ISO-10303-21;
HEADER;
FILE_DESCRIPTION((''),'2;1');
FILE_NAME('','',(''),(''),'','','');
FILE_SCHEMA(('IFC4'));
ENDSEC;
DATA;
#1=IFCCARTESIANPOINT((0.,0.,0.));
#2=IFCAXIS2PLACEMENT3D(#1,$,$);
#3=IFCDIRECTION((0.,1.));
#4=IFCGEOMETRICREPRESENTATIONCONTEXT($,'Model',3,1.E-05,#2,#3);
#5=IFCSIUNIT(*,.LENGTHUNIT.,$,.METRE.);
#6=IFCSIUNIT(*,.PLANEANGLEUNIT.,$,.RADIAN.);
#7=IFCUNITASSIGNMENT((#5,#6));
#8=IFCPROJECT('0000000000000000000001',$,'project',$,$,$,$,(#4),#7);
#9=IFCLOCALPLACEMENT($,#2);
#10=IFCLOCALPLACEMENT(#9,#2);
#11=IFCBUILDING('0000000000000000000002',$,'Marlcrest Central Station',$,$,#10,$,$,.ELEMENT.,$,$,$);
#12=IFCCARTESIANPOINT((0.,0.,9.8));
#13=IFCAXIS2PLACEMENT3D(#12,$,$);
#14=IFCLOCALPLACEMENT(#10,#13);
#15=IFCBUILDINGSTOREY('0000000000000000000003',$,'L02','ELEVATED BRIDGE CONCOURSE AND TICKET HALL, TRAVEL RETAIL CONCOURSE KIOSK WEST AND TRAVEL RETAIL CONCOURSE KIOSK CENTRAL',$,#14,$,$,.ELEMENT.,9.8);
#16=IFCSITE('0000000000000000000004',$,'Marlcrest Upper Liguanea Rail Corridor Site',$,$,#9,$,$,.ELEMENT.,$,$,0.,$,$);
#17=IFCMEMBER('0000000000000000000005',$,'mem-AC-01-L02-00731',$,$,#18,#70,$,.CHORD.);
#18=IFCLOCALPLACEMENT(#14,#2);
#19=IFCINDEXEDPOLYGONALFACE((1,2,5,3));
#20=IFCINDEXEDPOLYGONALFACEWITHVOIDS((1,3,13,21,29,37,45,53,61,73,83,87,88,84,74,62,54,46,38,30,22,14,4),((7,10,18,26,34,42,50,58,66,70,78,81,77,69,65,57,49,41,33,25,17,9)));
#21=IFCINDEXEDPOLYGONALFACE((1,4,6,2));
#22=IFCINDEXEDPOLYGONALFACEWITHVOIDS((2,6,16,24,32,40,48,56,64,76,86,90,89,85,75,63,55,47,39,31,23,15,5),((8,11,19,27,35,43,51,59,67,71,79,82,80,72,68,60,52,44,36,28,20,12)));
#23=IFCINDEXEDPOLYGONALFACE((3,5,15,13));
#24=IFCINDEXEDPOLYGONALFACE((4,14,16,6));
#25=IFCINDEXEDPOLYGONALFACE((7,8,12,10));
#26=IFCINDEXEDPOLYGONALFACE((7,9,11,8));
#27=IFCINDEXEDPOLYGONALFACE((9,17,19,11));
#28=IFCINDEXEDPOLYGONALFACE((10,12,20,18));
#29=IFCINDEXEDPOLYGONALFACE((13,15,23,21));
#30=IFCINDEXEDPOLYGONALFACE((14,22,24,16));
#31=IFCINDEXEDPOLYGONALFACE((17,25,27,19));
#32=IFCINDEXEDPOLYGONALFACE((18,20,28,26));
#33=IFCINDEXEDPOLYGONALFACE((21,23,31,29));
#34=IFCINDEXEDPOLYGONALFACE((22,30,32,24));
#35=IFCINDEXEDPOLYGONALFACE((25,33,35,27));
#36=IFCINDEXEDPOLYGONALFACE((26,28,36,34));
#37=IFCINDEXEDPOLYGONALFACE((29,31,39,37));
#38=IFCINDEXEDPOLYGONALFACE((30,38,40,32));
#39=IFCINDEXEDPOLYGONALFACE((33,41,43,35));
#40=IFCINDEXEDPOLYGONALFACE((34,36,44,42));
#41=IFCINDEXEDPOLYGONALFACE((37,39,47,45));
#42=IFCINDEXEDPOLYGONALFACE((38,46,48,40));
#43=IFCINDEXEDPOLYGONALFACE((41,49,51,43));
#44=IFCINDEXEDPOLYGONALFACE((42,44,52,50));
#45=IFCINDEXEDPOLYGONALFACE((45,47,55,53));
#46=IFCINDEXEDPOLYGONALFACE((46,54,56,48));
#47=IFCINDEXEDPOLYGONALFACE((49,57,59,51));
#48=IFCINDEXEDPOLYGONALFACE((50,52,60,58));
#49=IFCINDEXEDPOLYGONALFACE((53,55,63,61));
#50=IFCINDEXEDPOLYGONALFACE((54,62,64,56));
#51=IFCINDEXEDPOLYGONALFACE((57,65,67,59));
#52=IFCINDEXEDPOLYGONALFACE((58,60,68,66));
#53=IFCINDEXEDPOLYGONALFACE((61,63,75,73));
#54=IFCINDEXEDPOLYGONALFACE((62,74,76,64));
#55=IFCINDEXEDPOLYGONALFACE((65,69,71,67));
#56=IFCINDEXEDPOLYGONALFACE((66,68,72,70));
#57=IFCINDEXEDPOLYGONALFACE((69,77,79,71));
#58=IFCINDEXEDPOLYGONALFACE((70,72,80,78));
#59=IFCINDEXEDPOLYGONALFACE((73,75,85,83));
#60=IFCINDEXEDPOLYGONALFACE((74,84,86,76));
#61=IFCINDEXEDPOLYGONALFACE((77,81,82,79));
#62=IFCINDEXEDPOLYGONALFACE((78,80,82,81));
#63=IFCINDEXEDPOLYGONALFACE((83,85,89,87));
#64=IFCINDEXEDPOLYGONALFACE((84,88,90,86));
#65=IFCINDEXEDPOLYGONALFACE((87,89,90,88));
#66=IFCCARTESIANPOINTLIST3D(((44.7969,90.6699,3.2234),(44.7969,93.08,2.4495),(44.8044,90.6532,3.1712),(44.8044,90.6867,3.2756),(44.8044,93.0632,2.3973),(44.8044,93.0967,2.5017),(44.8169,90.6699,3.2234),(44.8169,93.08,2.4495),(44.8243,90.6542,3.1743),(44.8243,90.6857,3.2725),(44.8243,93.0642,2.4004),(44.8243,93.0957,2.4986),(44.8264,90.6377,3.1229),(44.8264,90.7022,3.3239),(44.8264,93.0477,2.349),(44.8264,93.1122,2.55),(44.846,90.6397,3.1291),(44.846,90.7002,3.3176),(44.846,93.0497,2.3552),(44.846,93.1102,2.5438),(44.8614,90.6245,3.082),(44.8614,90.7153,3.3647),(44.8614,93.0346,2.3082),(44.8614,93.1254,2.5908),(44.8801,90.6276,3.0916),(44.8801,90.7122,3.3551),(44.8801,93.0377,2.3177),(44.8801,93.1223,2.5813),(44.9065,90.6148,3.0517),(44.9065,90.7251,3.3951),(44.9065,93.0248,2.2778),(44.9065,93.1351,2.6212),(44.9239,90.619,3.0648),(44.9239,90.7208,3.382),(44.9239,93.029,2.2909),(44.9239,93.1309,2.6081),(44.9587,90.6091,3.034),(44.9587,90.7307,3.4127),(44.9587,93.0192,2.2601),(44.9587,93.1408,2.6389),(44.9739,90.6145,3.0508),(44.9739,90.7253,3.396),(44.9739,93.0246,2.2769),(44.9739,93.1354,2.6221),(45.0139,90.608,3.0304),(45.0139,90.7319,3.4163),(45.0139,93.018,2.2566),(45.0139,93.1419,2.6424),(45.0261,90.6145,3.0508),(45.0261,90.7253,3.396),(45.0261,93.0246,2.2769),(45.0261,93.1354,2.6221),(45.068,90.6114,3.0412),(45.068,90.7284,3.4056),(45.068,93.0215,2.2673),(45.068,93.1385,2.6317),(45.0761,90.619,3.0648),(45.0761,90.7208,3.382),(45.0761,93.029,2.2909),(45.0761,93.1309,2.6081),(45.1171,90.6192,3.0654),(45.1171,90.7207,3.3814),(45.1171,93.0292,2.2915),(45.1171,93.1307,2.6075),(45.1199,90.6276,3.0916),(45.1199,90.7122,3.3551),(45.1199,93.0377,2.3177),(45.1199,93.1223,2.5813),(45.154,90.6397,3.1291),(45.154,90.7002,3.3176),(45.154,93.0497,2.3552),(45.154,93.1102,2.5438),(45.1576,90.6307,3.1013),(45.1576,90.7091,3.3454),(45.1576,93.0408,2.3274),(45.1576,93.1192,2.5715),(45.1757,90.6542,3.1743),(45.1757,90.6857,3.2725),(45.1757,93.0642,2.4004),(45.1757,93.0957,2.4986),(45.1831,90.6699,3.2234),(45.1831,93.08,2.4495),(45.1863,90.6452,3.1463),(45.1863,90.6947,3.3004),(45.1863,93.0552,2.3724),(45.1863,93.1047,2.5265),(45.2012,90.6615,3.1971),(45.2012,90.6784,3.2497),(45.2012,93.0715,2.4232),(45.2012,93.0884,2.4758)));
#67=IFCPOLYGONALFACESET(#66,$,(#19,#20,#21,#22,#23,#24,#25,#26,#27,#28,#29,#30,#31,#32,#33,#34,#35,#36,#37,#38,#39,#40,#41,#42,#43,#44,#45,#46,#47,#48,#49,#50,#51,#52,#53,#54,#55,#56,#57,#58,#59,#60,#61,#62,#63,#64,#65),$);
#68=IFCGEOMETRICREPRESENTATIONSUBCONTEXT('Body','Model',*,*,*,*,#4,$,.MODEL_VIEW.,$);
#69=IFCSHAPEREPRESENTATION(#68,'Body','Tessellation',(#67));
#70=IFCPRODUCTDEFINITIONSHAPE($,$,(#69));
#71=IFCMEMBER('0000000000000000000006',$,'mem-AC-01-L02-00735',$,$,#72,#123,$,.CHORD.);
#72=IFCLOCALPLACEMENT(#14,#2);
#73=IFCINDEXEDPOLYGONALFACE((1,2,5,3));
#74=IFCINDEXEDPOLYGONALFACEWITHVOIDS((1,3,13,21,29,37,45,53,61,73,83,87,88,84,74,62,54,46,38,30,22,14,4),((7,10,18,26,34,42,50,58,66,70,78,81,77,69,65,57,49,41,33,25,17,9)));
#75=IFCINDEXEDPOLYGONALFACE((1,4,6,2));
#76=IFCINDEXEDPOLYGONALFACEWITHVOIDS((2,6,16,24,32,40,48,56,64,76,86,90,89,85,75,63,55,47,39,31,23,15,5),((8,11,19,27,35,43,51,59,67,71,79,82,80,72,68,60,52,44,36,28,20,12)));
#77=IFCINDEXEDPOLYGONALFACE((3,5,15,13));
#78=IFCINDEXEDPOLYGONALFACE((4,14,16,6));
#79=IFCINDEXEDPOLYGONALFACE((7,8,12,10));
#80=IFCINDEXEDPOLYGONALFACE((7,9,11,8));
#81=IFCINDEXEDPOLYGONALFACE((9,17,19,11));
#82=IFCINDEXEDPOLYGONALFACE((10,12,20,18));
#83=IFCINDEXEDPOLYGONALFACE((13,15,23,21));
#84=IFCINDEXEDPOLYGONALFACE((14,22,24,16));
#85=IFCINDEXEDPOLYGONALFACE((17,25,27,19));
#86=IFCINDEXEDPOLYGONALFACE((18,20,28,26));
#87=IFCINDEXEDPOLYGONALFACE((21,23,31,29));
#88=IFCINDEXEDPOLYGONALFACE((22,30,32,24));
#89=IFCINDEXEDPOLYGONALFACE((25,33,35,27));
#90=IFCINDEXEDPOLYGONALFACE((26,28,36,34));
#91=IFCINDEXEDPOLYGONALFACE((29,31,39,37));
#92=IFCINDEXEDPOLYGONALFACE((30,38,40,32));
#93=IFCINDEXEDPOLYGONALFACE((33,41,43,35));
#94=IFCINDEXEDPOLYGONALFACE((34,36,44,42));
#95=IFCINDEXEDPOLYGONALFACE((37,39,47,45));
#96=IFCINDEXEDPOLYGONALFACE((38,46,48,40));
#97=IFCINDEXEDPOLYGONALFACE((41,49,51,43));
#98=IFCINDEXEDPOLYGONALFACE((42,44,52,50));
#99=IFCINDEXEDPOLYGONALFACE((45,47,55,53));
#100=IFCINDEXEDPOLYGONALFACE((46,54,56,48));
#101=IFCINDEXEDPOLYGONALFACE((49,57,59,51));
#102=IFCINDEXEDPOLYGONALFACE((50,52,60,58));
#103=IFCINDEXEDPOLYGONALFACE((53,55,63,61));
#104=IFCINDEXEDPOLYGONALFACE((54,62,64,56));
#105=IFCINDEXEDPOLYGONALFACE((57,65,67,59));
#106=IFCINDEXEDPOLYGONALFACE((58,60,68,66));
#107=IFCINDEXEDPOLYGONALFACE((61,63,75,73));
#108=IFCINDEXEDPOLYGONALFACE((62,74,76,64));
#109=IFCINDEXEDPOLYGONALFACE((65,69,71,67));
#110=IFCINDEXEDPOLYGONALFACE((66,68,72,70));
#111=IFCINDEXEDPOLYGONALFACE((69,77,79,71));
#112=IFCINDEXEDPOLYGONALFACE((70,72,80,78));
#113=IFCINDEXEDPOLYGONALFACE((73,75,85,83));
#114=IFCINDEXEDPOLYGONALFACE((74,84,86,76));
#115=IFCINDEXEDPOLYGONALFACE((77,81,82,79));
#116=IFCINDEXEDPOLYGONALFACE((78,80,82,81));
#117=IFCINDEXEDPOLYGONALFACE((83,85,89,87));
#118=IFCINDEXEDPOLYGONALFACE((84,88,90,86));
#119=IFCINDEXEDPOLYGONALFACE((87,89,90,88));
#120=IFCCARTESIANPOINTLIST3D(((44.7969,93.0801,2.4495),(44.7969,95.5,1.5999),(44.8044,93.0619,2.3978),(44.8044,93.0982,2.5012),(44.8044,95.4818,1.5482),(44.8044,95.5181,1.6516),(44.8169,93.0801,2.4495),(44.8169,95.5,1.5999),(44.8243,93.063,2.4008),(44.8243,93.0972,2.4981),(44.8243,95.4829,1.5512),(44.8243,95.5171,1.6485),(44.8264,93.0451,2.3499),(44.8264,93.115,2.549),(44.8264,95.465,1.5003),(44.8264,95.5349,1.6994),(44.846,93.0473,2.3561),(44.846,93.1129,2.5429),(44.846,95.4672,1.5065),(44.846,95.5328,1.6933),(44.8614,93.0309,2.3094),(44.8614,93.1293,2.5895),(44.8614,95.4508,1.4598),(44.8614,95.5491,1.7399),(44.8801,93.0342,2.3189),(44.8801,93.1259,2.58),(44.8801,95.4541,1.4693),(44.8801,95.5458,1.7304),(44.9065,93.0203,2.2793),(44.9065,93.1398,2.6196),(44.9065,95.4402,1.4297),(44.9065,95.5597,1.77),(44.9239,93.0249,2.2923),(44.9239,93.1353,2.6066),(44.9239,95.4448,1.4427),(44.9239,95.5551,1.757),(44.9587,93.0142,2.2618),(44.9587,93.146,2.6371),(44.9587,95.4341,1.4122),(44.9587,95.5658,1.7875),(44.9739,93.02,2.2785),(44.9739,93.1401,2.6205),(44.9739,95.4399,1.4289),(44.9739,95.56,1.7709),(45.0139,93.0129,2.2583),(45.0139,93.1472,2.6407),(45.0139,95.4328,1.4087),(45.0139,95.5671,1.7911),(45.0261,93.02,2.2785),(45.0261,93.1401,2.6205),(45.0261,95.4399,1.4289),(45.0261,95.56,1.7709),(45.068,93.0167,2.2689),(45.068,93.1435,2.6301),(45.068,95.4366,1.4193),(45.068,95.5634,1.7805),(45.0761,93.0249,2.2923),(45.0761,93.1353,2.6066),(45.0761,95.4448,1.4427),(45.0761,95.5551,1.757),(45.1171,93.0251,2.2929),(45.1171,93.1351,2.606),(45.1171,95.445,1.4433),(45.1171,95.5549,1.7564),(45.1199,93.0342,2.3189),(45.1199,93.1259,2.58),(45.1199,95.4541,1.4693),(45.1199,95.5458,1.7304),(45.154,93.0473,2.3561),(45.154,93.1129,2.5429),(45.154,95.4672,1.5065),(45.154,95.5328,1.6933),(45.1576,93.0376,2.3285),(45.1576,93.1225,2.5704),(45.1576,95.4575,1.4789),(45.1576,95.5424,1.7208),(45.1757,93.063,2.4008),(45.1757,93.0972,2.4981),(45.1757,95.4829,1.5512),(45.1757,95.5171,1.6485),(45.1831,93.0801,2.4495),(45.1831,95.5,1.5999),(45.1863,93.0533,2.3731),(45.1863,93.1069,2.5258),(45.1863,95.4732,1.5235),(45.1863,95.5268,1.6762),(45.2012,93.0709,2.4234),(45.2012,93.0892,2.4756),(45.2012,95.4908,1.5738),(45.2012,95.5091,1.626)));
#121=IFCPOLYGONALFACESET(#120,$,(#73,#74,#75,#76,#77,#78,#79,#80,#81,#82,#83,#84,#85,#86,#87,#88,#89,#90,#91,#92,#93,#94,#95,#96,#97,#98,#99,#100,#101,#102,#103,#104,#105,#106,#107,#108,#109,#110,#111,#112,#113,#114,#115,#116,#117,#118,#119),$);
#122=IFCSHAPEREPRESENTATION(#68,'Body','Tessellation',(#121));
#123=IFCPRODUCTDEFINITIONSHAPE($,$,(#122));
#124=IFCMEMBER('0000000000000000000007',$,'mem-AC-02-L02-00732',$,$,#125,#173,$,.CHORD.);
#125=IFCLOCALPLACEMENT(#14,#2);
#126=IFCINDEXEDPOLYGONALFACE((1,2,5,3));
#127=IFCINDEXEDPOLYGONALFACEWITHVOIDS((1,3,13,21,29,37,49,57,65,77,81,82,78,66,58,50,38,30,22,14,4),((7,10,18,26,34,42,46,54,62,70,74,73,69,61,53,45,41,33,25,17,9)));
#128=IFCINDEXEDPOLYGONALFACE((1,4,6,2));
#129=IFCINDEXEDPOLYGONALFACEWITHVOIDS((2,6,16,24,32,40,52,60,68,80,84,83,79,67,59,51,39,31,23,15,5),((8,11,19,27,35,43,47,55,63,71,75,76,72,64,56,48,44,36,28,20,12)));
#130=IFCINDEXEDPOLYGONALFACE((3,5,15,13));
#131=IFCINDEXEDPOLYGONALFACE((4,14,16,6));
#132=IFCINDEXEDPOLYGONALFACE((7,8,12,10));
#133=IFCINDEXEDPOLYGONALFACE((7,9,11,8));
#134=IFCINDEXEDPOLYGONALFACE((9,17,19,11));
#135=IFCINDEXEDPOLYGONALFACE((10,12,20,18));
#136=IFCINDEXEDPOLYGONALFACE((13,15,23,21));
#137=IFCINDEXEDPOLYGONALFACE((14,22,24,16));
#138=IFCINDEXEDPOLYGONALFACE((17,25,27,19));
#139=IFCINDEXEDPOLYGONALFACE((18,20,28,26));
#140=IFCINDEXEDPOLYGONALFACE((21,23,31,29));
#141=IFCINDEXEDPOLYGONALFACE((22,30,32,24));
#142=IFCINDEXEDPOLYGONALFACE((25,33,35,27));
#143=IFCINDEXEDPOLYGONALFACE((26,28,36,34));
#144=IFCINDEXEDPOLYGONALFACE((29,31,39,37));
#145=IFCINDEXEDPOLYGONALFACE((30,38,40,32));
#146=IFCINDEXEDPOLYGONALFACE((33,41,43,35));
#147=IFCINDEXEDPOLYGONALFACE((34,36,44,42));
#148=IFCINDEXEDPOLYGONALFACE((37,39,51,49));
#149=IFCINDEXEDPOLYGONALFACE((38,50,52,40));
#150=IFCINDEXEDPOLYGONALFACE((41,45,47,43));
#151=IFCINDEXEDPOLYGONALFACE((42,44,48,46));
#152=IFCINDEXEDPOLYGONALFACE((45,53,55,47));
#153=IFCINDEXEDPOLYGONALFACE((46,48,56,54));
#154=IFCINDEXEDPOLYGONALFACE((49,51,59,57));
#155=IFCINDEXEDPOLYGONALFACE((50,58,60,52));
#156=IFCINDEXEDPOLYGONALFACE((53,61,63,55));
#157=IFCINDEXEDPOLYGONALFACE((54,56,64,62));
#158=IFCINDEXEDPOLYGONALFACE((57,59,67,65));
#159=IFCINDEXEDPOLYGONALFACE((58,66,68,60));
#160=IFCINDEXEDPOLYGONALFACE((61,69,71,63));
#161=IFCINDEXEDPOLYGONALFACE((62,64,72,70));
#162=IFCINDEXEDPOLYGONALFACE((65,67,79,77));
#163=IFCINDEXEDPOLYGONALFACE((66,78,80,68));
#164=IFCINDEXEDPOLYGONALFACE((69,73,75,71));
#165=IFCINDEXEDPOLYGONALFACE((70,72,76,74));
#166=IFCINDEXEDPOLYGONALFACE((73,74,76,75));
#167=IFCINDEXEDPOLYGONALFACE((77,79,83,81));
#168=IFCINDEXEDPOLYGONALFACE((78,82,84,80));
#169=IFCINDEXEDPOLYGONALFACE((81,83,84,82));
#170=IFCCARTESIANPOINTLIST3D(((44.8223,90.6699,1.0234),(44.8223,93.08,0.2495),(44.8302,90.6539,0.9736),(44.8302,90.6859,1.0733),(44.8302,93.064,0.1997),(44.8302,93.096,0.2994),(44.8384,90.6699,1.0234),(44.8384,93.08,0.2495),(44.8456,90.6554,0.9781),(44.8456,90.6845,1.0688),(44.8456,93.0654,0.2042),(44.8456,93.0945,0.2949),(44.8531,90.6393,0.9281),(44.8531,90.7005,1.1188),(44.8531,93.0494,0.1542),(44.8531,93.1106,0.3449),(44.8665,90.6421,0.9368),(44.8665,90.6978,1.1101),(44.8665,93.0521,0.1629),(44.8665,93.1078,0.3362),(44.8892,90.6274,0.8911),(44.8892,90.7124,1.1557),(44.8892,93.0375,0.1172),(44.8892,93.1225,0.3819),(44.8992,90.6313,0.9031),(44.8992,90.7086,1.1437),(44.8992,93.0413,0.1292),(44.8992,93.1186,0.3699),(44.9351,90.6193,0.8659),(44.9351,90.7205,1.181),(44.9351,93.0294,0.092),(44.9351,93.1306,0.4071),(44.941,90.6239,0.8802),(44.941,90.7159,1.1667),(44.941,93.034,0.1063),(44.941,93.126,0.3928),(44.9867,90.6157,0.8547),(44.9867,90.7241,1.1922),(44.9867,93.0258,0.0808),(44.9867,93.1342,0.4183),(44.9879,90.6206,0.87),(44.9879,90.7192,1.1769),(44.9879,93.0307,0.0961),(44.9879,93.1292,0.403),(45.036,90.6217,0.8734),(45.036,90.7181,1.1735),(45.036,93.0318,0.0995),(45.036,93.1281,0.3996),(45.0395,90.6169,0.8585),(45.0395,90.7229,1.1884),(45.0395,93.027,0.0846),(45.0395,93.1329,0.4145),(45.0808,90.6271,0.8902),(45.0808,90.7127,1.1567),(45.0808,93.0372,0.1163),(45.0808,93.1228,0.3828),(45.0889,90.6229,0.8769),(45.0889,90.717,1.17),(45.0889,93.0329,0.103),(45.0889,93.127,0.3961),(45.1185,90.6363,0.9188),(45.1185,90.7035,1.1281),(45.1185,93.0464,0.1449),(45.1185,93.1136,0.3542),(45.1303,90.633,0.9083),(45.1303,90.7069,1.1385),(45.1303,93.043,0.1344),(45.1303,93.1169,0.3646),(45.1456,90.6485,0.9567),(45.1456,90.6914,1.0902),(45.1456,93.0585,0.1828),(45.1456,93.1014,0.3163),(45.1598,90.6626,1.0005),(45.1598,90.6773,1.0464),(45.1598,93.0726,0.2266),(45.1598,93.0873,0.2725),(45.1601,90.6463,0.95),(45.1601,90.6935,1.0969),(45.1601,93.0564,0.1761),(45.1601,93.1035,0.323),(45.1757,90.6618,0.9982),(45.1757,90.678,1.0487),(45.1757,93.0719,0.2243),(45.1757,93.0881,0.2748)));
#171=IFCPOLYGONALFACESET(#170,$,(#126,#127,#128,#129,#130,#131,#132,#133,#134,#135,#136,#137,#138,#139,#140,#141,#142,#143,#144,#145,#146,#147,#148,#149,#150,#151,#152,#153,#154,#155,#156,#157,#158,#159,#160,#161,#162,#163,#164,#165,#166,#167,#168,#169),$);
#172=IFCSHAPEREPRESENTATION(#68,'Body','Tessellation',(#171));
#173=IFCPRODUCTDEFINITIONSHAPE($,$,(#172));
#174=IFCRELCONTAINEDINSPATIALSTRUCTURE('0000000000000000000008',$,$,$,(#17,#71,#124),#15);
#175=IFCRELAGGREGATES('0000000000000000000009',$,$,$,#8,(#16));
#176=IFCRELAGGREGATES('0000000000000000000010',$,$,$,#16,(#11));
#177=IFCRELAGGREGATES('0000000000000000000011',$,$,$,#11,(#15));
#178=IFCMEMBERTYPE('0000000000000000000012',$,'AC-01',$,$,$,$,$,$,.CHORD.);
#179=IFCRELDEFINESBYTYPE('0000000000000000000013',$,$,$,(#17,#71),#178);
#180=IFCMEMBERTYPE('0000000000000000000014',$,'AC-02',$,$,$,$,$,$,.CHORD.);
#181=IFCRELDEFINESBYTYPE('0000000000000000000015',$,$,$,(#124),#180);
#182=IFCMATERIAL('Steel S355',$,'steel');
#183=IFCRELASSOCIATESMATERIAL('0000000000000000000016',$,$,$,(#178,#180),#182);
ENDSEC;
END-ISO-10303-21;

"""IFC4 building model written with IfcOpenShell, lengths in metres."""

from ifc_helpers import new_model, si_unit, direction, frame, origin, origin_2d, place, context, subcontext, project, spatial, hollow_circle, extrude, material, material_profile, profile_set, type_object, element, save


model = new_model("IFC4")

# Units and contexts
model_context = context("Model", 3, precision=1e-05, world=origin(), true_north=direction((0.0, 1.0)))
body_context = subcontext(model_context, "Body", "Model", "MODEL_VIEW")
ifc_project = project(units=[si_unit("LENGTHUNIT", "METRE"), si_unit("PLANEANGLEUNIT", "RADIAN")], contexts=[model_context])

# Site, building, storey
site_placement = place(None, origin())
site = spatial("IfcSite", under=ifc_project, at=site_placement, Name="Marlcrest Upper Liguanea Rail Corridor Site", CompositionType="ELEMENT", RefElevation=0.0)
building_placement = place(site_placement, origin())
building = spatial("IfcBuilding", under=site, at=building_placement, Name="Marlcrest Central Station", CompositionType="ELEMENT")
storey_placement = place(building_placement, frame((0.0, 0.0, 9.8)))
storey = spatial("IfcBuildingStorey", under=building, at=storey_placement, Name="L02", Description="ELEVATED BRIDGE CONCOURSE AND TICKET HALL, TRAVEL RETAIL CONCOURSE KIOSK WEST AND TRAVEL RETAIL CONCOURSE KIOSK CENTRAL", CompositionType="ELEMENT", Elevation=9.8)

# Members
ifc_material_1 = material(Name="Steel S355", Category="steel")
ifc_material_profile_1 = material_profile(ifc_material_1, hollow_circle(Radius=0.2031, WallThickness=0.02, at=origin_2d()), Name="CHS 406.4x20")
ifc_profile_set_1 = profile_set([ifc_material_profile_1], Name="Steel S355")
member_type_1 = type_object("IfcMemberType", Name="AC-01", PredefinedType="CHORD", material=ifc_profile_set_1)
member_1_placement = place(storey_placement, frame((45.0, 90.6699, 3.2234), z_axis=(0.0, 0.952117, -0.305734), x_axis=(-1.0, 0.0, 0.0)))
element("IfcMember", 1, at=member_1_placement, inside=storey, type_object=member_type_1, Name="mem-AC-01-L02-00731", PredefinedType="CHORD", context=body_context, shape_type="SweptSolid", body=[
    extrude(hollow_circle(Radius=0.2031, WallThickness=0.02, at=origin_2d()), origin(), (0.0, 0.0, 1.0), 2.5312),
])
member_2_placement = place(storey_placement, frame((45.0, 93.0801, 2.4495), z_axis=(0.0, 0.943537, -0.331266), x_axis=(-1.0, 0.0, 0.0)))
element("IfcMember", 2, at=member_2_placement, inside=storey, type_object=member_type_1, Name="mem-AC-01-L02-00735", PredefinedType="CHORD", context=body_context, shape_type="SweptSolid", body=[
    extrude(hollow_circle(Radius=0.2031, WallThickness=0.02, at=origin_2d()), origin(), (0.0, 0.0, 1.0), 2.5647),
])
ifc_material_profile_2 = material_profile(ifc_material_1, hollow_circle(Radius=0.1777, WallThickness=0.0161, at=origin_2d()), Name="CHS 355.6x16")
ifc_profile_set_2 = profile_set([ifc_material_profile_2], Name="Steel S355")
member_type_2 = type_object("IfcMemberType", Name="AC-02", PredefinedType="CHORD", material=ifc_profile_set_2)
member_3_placement = place(storey_placement, frame((45.0, 90.6699, 1.0234), z_axis=(0.0, 0.952117, -0.305734), x_axis=(-1.0, 0.0, 0.0)))
element("IfcMember", 3, at=member_3_placement, inside=storey, type_object=member_type_2, Name="mem-AC-02-L02-00732", PredefinedType="CHORD", context=body_context, shape_type="SweptSolid", body=[
    extrude(hollow_circle(Radius=0.1777, WallThickness=0.0161, at=origin_2d()), origin(), (0.0, 0.0, 1.0), 2.5312),
])

save(model, "model.ifc")
